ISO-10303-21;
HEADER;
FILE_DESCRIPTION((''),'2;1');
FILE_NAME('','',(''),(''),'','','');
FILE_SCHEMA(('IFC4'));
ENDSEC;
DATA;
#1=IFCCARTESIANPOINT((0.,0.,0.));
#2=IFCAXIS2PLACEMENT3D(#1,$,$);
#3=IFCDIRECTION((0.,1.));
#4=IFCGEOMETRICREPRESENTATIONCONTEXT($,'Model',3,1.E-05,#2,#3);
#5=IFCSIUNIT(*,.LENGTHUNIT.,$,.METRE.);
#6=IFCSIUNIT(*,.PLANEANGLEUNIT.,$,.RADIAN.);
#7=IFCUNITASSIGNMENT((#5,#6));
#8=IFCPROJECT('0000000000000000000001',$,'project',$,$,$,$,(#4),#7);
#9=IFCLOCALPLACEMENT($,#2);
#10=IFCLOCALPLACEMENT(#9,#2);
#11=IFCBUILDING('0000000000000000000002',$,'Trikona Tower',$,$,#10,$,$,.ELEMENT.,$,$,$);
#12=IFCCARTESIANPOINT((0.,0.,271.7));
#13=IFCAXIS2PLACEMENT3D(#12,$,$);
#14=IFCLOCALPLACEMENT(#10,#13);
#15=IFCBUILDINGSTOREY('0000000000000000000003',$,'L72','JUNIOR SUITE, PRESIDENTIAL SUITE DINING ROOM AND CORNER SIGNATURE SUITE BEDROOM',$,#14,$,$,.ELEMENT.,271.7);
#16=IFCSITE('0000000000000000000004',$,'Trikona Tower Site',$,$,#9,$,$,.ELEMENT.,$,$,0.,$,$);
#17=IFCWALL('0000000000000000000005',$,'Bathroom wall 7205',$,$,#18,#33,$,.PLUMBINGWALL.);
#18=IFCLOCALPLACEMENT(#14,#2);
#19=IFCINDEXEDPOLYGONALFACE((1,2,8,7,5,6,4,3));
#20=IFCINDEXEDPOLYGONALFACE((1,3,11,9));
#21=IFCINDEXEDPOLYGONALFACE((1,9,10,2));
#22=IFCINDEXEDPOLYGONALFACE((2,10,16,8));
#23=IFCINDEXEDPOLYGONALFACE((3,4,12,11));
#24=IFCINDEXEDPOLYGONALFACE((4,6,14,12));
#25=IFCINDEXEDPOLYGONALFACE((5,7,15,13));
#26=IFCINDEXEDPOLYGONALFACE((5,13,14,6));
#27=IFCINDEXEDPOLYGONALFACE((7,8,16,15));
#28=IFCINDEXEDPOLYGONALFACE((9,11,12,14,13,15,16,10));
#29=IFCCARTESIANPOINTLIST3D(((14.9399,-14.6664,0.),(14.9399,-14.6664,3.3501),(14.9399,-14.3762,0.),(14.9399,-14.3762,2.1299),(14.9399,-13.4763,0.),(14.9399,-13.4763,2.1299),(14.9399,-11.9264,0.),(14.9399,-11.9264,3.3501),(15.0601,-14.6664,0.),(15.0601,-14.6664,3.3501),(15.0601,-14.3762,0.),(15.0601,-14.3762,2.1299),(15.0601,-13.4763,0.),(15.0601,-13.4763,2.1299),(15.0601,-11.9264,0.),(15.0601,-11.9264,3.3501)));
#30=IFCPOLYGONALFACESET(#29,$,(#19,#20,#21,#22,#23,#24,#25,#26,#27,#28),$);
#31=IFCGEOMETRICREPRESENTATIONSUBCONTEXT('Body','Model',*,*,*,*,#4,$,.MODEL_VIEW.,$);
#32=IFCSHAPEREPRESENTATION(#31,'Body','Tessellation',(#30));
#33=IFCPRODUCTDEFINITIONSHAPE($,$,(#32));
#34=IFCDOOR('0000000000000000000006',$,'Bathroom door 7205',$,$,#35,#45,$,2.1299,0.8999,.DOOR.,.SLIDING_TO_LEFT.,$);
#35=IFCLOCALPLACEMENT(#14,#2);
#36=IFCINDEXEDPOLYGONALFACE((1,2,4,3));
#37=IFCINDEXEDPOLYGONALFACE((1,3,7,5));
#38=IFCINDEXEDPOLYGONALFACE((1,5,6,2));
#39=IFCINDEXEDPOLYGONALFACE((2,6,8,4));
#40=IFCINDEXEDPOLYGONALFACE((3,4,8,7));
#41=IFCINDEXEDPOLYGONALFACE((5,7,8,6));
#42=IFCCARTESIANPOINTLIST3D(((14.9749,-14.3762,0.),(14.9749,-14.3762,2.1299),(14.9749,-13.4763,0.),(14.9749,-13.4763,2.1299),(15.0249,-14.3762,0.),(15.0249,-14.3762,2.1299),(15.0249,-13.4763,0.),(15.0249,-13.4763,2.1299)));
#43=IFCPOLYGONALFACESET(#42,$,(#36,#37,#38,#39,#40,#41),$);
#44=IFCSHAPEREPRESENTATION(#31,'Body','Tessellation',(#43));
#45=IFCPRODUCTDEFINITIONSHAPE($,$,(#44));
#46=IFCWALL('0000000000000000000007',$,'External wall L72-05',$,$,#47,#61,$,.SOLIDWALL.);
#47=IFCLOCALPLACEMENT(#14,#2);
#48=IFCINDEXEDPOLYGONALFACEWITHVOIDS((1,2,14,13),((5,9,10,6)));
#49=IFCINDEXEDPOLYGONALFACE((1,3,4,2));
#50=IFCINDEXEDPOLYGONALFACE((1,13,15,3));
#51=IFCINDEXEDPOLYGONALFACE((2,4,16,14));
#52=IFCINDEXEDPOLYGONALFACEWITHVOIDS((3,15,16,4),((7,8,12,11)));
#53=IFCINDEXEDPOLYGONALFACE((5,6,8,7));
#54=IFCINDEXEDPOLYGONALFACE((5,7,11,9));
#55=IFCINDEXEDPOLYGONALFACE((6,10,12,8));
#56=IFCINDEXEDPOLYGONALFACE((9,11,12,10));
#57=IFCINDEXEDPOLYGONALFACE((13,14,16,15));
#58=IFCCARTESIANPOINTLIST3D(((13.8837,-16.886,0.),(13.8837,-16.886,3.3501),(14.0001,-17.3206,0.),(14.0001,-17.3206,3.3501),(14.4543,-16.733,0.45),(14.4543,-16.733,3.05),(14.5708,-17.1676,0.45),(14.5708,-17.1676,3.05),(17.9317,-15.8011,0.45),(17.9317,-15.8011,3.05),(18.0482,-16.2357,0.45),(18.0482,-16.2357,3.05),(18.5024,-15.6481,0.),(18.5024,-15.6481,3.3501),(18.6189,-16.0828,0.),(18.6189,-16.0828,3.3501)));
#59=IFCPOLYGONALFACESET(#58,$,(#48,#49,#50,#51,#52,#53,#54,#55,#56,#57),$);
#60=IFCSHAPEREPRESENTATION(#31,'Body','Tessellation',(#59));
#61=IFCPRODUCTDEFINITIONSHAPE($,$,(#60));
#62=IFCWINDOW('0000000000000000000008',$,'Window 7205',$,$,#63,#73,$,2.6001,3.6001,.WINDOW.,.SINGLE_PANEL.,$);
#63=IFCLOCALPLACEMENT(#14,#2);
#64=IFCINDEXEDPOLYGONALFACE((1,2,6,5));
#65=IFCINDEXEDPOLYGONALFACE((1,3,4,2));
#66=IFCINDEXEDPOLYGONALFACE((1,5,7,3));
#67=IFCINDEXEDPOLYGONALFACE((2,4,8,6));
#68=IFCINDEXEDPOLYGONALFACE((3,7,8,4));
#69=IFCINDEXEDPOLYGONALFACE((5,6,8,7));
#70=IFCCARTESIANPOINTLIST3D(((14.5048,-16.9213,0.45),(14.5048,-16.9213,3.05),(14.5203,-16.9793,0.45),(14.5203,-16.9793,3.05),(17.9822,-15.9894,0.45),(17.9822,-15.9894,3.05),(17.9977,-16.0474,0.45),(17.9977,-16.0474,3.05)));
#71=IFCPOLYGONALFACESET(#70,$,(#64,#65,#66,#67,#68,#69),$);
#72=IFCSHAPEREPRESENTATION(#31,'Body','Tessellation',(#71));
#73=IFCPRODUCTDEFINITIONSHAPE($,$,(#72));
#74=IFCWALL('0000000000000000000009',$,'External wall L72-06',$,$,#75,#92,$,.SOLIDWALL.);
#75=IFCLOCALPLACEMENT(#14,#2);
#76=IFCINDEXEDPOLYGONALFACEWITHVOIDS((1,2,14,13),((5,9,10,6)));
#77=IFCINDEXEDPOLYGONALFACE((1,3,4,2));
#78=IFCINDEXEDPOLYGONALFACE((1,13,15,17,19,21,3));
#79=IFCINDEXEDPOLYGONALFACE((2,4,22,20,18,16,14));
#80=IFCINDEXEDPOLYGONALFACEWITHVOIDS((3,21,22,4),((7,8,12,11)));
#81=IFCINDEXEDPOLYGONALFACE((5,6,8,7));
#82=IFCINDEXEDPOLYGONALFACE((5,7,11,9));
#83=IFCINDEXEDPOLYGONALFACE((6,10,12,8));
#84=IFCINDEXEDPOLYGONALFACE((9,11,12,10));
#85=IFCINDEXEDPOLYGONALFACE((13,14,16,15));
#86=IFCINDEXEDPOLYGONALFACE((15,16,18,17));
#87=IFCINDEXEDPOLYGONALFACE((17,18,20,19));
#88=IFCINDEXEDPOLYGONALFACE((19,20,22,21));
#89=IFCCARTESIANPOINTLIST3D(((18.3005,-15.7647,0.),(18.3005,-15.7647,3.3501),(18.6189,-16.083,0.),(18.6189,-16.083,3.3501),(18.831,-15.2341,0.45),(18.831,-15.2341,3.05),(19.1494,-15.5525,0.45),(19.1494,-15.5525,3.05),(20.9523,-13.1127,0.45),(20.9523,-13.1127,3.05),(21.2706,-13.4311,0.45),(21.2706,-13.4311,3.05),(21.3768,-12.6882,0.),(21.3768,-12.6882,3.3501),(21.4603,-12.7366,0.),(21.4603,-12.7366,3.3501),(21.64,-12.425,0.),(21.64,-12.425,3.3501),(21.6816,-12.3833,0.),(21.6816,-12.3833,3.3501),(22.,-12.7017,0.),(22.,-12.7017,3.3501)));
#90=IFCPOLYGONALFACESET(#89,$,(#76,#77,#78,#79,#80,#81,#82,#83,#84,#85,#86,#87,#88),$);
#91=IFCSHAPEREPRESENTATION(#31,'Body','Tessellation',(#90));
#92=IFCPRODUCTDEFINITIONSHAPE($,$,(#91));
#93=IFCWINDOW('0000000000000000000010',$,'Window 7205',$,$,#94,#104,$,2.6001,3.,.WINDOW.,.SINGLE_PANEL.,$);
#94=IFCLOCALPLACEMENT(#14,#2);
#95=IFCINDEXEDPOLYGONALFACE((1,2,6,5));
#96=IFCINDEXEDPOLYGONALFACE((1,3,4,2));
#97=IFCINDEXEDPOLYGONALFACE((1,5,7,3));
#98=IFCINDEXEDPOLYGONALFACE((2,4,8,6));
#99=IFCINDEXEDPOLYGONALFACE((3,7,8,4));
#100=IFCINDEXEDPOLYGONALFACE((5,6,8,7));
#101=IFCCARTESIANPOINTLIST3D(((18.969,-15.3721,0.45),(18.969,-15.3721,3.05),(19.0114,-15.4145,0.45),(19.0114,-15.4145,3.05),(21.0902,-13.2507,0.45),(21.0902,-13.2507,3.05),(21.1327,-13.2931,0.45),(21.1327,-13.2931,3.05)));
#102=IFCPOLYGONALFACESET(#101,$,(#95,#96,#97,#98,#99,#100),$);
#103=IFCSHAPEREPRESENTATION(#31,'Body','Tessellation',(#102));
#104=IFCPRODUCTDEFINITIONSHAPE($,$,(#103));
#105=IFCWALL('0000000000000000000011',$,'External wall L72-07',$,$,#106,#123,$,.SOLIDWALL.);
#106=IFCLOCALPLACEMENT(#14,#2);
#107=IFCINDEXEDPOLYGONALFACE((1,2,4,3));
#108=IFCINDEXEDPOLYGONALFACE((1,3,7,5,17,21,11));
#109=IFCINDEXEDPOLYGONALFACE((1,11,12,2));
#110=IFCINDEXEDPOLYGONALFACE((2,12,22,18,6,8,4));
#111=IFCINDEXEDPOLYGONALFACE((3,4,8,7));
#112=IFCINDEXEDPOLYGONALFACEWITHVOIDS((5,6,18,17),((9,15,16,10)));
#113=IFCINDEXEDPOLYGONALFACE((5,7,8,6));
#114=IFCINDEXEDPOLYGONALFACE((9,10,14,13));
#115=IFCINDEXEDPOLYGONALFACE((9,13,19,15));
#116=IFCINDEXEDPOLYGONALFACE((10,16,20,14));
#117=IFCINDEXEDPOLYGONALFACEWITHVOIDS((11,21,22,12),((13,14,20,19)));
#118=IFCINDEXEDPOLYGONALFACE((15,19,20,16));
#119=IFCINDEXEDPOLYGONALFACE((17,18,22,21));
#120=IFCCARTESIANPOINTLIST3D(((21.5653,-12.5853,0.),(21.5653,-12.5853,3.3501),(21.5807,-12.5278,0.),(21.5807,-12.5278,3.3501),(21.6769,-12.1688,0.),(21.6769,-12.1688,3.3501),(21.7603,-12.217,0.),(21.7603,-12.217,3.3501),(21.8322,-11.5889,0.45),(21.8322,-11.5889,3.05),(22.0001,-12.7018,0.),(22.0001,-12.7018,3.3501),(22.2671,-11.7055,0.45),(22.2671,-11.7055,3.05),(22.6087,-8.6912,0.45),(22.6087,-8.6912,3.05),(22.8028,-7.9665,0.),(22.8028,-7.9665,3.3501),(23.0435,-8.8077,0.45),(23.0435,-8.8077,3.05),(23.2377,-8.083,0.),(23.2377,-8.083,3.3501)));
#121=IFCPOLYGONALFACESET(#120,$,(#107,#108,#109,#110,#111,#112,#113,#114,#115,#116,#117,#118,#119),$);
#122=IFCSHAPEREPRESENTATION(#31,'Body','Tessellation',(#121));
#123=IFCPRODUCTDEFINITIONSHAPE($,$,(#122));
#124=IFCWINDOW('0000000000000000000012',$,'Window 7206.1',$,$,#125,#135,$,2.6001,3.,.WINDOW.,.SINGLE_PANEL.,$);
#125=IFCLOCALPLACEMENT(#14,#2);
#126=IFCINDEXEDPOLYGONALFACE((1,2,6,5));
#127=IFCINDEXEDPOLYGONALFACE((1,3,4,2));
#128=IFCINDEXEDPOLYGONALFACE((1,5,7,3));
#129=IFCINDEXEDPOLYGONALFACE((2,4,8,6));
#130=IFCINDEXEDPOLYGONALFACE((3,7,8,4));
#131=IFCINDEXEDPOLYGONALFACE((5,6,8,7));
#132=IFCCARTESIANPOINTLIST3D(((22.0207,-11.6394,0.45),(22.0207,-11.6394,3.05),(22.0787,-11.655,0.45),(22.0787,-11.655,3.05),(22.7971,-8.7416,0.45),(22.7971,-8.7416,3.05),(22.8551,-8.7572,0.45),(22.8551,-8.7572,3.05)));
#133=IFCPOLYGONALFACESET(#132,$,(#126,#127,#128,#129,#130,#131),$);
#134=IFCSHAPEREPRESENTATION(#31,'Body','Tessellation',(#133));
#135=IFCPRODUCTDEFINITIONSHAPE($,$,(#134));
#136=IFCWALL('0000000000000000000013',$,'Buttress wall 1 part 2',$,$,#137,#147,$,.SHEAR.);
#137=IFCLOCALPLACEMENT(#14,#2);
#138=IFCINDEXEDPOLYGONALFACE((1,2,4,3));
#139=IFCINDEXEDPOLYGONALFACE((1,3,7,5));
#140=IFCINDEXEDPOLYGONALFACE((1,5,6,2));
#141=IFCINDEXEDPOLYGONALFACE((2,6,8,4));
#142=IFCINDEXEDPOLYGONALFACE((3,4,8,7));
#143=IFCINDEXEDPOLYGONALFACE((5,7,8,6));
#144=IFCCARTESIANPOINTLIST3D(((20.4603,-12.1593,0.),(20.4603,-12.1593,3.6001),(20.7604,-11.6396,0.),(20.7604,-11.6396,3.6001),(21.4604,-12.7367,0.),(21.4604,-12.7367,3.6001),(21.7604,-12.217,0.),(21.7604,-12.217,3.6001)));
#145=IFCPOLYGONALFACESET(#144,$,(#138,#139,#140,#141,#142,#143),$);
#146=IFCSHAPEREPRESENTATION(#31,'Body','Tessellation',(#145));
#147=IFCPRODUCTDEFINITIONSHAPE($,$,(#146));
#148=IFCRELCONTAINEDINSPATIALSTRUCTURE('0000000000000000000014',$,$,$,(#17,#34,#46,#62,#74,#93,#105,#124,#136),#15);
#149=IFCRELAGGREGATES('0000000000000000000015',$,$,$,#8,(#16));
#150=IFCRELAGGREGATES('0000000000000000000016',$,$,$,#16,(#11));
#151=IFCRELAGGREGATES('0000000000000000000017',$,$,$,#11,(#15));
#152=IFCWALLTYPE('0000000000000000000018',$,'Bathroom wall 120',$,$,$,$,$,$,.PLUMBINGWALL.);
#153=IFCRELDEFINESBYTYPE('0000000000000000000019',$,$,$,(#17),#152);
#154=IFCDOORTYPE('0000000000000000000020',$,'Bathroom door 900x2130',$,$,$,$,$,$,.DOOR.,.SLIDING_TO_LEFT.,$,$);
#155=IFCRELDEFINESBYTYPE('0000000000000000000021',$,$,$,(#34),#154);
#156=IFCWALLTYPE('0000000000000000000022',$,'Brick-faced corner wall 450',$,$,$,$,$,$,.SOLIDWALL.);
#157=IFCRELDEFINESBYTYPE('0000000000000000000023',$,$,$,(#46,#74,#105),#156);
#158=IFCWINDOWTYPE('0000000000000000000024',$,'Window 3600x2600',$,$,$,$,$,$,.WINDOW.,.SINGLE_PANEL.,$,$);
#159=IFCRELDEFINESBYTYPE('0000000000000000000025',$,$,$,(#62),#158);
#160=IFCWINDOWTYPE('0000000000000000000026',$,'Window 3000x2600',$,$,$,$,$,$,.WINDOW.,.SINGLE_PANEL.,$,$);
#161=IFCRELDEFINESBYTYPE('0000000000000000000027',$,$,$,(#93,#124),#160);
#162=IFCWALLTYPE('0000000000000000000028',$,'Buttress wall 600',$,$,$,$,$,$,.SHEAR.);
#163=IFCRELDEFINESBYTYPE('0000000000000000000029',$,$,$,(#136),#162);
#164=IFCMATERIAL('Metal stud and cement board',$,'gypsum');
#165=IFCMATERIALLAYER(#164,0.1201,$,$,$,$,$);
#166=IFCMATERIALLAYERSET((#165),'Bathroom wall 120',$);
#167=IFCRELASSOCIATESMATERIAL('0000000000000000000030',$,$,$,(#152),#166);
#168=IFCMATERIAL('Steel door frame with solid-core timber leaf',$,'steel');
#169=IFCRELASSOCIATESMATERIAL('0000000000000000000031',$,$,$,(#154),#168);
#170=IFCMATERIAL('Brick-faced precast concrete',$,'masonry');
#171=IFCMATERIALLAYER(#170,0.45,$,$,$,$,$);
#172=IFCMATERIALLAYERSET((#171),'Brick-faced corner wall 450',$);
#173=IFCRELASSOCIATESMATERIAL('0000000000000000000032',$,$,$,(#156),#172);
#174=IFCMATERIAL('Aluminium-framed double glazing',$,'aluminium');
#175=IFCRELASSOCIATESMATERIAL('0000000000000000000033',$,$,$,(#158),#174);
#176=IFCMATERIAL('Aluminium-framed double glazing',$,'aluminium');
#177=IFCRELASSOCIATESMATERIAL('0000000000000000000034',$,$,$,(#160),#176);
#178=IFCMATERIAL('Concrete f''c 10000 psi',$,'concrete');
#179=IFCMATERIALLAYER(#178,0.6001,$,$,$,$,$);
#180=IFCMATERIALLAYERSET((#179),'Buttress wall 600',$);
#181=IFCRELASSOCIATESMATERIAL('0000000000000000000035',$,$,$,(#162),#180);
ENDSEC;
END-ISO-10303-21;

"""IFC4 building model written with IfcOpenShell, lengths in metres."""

from ifc_helpers import new_model, si_unit, direction, frame, frame_2d, origin, place, context, subcontext, project, spatial, polyline, rectangle, outline, extrude, material, layer, layer_set, type_object, element, fill, save


model = new_model("IFC4")

# Units and contexts
model_context = context("Model", 3, precision=1e-05, world=origin(), true_north=direction((0.0, 1.0)))
body_context = subcontext(model_context, "Body", "Model", "MODEL_VIEW")
ifc_project = project(units=[si_unit("LENGTHUNIT", "METRE"), si_unit("PLANEANGLEUNIT", "RADIAN")], contexts=[model_context])

# Site, building, storey
site_placement = place(None, origin())
site = spatial("IfcSite", under=ifc_project, at=site_placement, Name="Trikona Tower Site", CompositionType="ELEMENT", RefElevation=0.0)
building_placement = place(site_placement, origin())
building = spatial("IfcBuilding", under=site, at=building_placement, Name="Trikona Tower", CompositionType="ELEMENT")
storey_placement = place(building_placement, frame((0.0, 0.0, 271.7)))
storey = spatial("IfcBuildingStorey", under=building, at=storey_placement, Name="L72", Description="JUNIOR SUITE, PRESIDENTIAL SUITE DINING ROOM AND CORNER SIGNATURE SUITE BEDROOM", CompositionType="ELEMENT", Elevation=271.7)

# Shared definitions
ifc_material_1 = material(Name="Metal stud and cement board", Category="gypsum")
ifc_layer_1 = layer(ifc_material_1, 0.1201)
ifc_layer_set_1 = layer_set([ifc_layer_1], Name="Bathroom wall 120")
wall_type_1 = type_object("IfcWallType", Name="Bathroom wall 120", PredefinedType="PLUMBINGWALL", material=ifc_layer_set_1)

# Wall, opening, door
wall_1_placement = place(storey_placement, frame((15.0, -11.9263, 0.0), z_axis=(0.0, 0.0, 1.0), x_axis=(0.0, -1.0, 0.0)))
wall_1 = element("IfcWall", 1, at=wall_1_placement, inside=storey, type_object=wall_type_1, Name="Bathroom wall 7205", PredefinedType="PLUMBINGWALL", context=body_context, shape_type="SweptSolid", body=[
    extrude(rectangle(XDim=2.74, YDim=0.1201, at=frame_2d((1.3701, 0.0))), origin(), (0.0, 0.0, 1.0), 3.3501),
])
opening_1_placement = place(wall_1_placement, frame((1.55, 0.0, 0.0)))
opening_1 = element("IfcOpeningElement", 2, at=opening_1_placement, cuts=wall_1, PredefinedType="OPENING", context=body_context, shape_type="SweptSolid", body=[
    extrude(rectangle(XDim=0.8999, YDim=2.1299, at=frame_2d((0.45, 1.0649))), frame((0.0, 0.0701, 0.0), z_axis=(0.0, -1.0, 0.0), x_axis=(1.0, 0.0, 0.0)), (0.0, 0.0, 1.0), 0.1401),
])
ifc_material_2 = material(Name="Steel door frame with solid-core timber leaf", Category="steel")
door_type_1 = type_object("IfcDoorType", Name="Bathroom door 900x2130", OperationType="SLIDING_TO_LEFT", PredefinedType="DOOR", material=ifc_material_2)
door_1_placement = place(opening_1_placement, origin())
door_1 = element("IfcDoor", 3, at=door_1_placement, inside=storey, type_object=door_type_1, Name="Bathroom door 7205", OperationType="SLIDING_TO_LEFT", OverallHeight=2.1299, OverallWidth=0.8999, PredefinedType="DOOR", context=body_context, shape_type="SweptSolid", body=[
    extrude(rectangle(XDim=0.8999, YDim=2.1299, at=frame_2d((0.45, 1.0649))), frame((0.0, 0.0249, 0.0), z_axis=(0.0, -1.0, 0.0), x_axis=(1.0, 0.0, 0.0)), (0.0, 0.0, 1.0), 0.05),
])
fill(opening_1, door_1)

# Walls, openings, windows
ifc_material_3 = material(Name="Brick-faced precast concrete", Category="masonry")
ifc_layer_2 = layer(ifc_material_3, 0.45)
ifc_layer_set_2 = layer_set([ifc_layer_2], Name="Brick-faced corner wall 450")
wall_type_2 = type_object("IfcWallType", Name="Brick-faced corner wall 450", PredefinedType="SOLIDWALL", material=ifc_layer_set_2)
wall_2_placement = place(storey_placement, frame((13.9419, -17.1033, 0.0), z_axis=(0.0, 0.0, 1.0), x_axis=(0.965914, 0.258864, 0.0)))
wall_2 = element("IfcWall", 4, at=wall_2_placement, inside=storey, type_object=wall_type_2, Name="External wall L72-05", PredefinedType="SOLIDWALL", context=body_context, shape_type="SweptSolid", body=[
    extrude(rectangle(XDim=4.7817, YDim=0.45, at=frame_2d((2.3909, 0.0))), origin(), (0.0, 0.0, 1.0), 3.3501),
])
opening_2_placement = place(wall_2_placement, frame((0.5908, 0.0, 0.45)))
opening_2 = element("IfcOpeningElement", 5, at=opening_2_placement, cuts=wall_2, PredefinedType="OPENING", context=body_context, shape_type="SweptSolid", body=[
    extrude(rectangle(XDim=3.6001, YDim=2.6001, at=frame_2d((1.8, 1.3))), frame((0.0, 0.2349, 0.0), z_axis=(0.0, -1.0, 0.0), x_axis=(1.0, 0.0, 0.0)), (0.0, 0.0, 1.0), 0.47),
])
ifc_material_4 = material(Name="Aluminium-framed double glazing", Category="aluminium")
window_type_1 = type_object("IfcWindowType", Name="Window 3600x2600", PartitioningType="SINGLE_PANEL", PredefinedType="WINDOW", material=ifc_material_4)
window_1_placement = place(opening_2_placement, origin())
window_1 = element("IfcWindow", 6, at=window_1_placement, inside=storey, type_object=window_type_1, Name="Window 7205", OverallHeight=2.6001, OverallWidth=3.6001, PartitioningType="SINGLE_PANEL", PredefinedType="WINDOW", context=body_context, shape_type="SweptSolid", body=[
    extrude(rectangle(XDim=3.6001, YDim=2.6001, at=frame_2d((1.8, 1.3))), frame((0.0, 0.03, 0.0), z_axis=(0.0, -1.0, 0.0), x_axis=(1.0, 0.0, 0.0)), (0.0, 0.0, 1.0), 0.0601),
])
fill(opening_2, window_1)
wall_3_placement = place(storey_placement, frame((18.4597, -15.9238, 0.0), z_axis=(0.0, 0.0, 1.0), x_axis=(0.707081, 0.707132, 0.0)))
wall_3 = element("IfcWall", 7, at=wall_3_placement, inside=storey, type_object=wall_type_2, Name="External wall L72-06", PredefinedType="SOLIDWALL", context=body_context, shape_type="SweptSolid", body=[
    extrude(outline(polyline([(4.7817, 0.2251), (4.7229, 0.2251), (4.3755, 0.1318), (4.3506, 0.2251), (0.0, 0.2251), (0.0, -0.2251), (4.7817, -0.2251), (4.7817, 0.2251)])), origin(), (0.0, 0.0, 1.0), 3.3501),
])
opening_3_placement = place(wall_3_placement, frame((0.7502, 0.0, 0.45)))
opening_3 = element("IfcOpeningElement", 8, at=opening_3_placement, cuts=wall_3, PredefinedType="OPENING", context=body_context, shape_type="SweptSolid", body=[
    extrude(rectangle(XDim=3.0, YDim=2.6001, at=frame_2d((1.5, 1.3))), frame((0.0, 0.2349, 0.0), z_axis=(0.0, -1.0, 0.0), x_axis=(1.0, 0.0, 0.0)), (0.0, 0.0, 1.0), 0.47),
])
ifc_material_5 = material(Name="Aluminium-framed double glazing", Category="aluminium")
window_type_2 = type_object("IfcWindowType", Name="Window 3000x2600", PartitioningType="SINGLE_PANEL", PredefinedType="WINDOW", material=ifc_material_5)
window_2_placement = place(opening_3_placement, origin())
window_2 = element("IfcWindow", 9, at=window_2_placement, inside=storey, type_object=window_type_2, Name="Window 7205", OverallHeight=2.6001, OverallWidth=3.0, PartitioningType="SINGLE_PANEL", PredefinedType="WINDOW", context=body_context, shape_type="SweptSolid", body=[
    extrude(rectangle(XDim=3.0, YDim=2.6001, at=frame_2d((1.5, 1.3))), frame((0.0, 0.03, 0.0), z_axis=(0.0, -1.0, 0.0), x_axis=(1.0, 0.0, 0.0)), (0.0, 0.0, 1.0), 0.0601),
])
fill(opening_3, window_2)
wall_4_placement = place(storey_placement, frame((21.7827, -12.6436, 0.0), z_axis=(0.0, 0.0, 1.0), x_axis=(0.258803, 0.96593, 0.0)))
wall_4 = element("IfcWall", 10, at=wall_4_placement, inside=storey, type_object=wall_type_2, Name="External wall L72-07", PredefinedType="SOLIDWALL", context=body_context, shape_type="SweptSolid", body=[
    extrude(outline(polyline([(4.7817, 0.2251), (0.4312, 0.2251), (0.4062, 0.1321), (0.0596, 0.2251), (0.0, 0.2251), (0.0, -0.2251), (4.7817, -0.2251), (4.7817, 0.2251)])), origin(), (0.0, 0.0, 1.0), 3.3501),
])
opening_4_placement = place(wall_4_placement, frame((1.0315, 0.0, 0.45)))
opening_4 = element("IfcOpeningElement", 11, at=opening_4_placement, cuts=wall_4, PredefinedType="OPENING", context=body_context, shape_type="SweptSolid", body=[
    extrude(rectangle(XDim=3.0, YDim=2.6001, at=frame_2d((1.5, 1.3))), frame((0.0, 0.2349, 0.0), z_axis=(0.0, -1.0, 0.0), x_axis=(1.0, 0.0, 0.0)), (0.0, 0.0, 1.0), 0.47),
])
window_3_placement = place(opening_4_placement, origin())
window_3 = element("IfcWindow", 12, at=window_3_placement, inside=storey, type_object=window_type_2, Name="Window 7206.1", OverallHeight=2.6001, OverallWidth=3.0, PartitioningType="SINGLE_PANEL", PredefinedType="WINDOW", context=body_context, shape_type="SweptSolid", body=[
    extrude(rectangle(XDim=3.0, YDim=2.6001, at=frame_2d((1.5, 1.3))), frame((0.0, 0.03, 0.0), z_axis=(0.0, -1.0, 0.0), x_axis=(1.0, 0.0, 0.0)), (0.0, 0.0, 1.0), 0.0601),
])
fill(opening_4, window_3)

# Wall
ifc_material_6 = material(Name="Concrete f'c 10000 psi", Category="concrete")
ifc_layer_3 = layer(ifc_material_6, 0.6001)
ifc_layer_set_3 = layer_set([ifc_layer_3], Name="Buttress wall 600")
wall_type_3 = type_object("IfcWallType", Name="Buttress wall 600", PredefinedType="SHEAR", material=ifc_layer_set_3)
wall_5_placement = place(storey_placement, frame((20.6104, -11.8994, 0.0), z_axis=(0.0, 0.0, 1.0), x_axis=(0.86601, -0.500027, 0.0)))
element("IfcWall", 13, at=wall_5_placement, inside=storey, type_object=wall_type_3, Name="Buttress wall 1 part 2", PredefinedType="SHEAR", context=body_context, shape_type="SweptSolid", body=[
    extrude(rectangle(XDim=1.1548, YDim=0.6001, at=frame_2d((0.5774, 0.0))), origin(), (0.0, 0.0, 1.0), 3.6001),
])

save(model, "model.ifc")
